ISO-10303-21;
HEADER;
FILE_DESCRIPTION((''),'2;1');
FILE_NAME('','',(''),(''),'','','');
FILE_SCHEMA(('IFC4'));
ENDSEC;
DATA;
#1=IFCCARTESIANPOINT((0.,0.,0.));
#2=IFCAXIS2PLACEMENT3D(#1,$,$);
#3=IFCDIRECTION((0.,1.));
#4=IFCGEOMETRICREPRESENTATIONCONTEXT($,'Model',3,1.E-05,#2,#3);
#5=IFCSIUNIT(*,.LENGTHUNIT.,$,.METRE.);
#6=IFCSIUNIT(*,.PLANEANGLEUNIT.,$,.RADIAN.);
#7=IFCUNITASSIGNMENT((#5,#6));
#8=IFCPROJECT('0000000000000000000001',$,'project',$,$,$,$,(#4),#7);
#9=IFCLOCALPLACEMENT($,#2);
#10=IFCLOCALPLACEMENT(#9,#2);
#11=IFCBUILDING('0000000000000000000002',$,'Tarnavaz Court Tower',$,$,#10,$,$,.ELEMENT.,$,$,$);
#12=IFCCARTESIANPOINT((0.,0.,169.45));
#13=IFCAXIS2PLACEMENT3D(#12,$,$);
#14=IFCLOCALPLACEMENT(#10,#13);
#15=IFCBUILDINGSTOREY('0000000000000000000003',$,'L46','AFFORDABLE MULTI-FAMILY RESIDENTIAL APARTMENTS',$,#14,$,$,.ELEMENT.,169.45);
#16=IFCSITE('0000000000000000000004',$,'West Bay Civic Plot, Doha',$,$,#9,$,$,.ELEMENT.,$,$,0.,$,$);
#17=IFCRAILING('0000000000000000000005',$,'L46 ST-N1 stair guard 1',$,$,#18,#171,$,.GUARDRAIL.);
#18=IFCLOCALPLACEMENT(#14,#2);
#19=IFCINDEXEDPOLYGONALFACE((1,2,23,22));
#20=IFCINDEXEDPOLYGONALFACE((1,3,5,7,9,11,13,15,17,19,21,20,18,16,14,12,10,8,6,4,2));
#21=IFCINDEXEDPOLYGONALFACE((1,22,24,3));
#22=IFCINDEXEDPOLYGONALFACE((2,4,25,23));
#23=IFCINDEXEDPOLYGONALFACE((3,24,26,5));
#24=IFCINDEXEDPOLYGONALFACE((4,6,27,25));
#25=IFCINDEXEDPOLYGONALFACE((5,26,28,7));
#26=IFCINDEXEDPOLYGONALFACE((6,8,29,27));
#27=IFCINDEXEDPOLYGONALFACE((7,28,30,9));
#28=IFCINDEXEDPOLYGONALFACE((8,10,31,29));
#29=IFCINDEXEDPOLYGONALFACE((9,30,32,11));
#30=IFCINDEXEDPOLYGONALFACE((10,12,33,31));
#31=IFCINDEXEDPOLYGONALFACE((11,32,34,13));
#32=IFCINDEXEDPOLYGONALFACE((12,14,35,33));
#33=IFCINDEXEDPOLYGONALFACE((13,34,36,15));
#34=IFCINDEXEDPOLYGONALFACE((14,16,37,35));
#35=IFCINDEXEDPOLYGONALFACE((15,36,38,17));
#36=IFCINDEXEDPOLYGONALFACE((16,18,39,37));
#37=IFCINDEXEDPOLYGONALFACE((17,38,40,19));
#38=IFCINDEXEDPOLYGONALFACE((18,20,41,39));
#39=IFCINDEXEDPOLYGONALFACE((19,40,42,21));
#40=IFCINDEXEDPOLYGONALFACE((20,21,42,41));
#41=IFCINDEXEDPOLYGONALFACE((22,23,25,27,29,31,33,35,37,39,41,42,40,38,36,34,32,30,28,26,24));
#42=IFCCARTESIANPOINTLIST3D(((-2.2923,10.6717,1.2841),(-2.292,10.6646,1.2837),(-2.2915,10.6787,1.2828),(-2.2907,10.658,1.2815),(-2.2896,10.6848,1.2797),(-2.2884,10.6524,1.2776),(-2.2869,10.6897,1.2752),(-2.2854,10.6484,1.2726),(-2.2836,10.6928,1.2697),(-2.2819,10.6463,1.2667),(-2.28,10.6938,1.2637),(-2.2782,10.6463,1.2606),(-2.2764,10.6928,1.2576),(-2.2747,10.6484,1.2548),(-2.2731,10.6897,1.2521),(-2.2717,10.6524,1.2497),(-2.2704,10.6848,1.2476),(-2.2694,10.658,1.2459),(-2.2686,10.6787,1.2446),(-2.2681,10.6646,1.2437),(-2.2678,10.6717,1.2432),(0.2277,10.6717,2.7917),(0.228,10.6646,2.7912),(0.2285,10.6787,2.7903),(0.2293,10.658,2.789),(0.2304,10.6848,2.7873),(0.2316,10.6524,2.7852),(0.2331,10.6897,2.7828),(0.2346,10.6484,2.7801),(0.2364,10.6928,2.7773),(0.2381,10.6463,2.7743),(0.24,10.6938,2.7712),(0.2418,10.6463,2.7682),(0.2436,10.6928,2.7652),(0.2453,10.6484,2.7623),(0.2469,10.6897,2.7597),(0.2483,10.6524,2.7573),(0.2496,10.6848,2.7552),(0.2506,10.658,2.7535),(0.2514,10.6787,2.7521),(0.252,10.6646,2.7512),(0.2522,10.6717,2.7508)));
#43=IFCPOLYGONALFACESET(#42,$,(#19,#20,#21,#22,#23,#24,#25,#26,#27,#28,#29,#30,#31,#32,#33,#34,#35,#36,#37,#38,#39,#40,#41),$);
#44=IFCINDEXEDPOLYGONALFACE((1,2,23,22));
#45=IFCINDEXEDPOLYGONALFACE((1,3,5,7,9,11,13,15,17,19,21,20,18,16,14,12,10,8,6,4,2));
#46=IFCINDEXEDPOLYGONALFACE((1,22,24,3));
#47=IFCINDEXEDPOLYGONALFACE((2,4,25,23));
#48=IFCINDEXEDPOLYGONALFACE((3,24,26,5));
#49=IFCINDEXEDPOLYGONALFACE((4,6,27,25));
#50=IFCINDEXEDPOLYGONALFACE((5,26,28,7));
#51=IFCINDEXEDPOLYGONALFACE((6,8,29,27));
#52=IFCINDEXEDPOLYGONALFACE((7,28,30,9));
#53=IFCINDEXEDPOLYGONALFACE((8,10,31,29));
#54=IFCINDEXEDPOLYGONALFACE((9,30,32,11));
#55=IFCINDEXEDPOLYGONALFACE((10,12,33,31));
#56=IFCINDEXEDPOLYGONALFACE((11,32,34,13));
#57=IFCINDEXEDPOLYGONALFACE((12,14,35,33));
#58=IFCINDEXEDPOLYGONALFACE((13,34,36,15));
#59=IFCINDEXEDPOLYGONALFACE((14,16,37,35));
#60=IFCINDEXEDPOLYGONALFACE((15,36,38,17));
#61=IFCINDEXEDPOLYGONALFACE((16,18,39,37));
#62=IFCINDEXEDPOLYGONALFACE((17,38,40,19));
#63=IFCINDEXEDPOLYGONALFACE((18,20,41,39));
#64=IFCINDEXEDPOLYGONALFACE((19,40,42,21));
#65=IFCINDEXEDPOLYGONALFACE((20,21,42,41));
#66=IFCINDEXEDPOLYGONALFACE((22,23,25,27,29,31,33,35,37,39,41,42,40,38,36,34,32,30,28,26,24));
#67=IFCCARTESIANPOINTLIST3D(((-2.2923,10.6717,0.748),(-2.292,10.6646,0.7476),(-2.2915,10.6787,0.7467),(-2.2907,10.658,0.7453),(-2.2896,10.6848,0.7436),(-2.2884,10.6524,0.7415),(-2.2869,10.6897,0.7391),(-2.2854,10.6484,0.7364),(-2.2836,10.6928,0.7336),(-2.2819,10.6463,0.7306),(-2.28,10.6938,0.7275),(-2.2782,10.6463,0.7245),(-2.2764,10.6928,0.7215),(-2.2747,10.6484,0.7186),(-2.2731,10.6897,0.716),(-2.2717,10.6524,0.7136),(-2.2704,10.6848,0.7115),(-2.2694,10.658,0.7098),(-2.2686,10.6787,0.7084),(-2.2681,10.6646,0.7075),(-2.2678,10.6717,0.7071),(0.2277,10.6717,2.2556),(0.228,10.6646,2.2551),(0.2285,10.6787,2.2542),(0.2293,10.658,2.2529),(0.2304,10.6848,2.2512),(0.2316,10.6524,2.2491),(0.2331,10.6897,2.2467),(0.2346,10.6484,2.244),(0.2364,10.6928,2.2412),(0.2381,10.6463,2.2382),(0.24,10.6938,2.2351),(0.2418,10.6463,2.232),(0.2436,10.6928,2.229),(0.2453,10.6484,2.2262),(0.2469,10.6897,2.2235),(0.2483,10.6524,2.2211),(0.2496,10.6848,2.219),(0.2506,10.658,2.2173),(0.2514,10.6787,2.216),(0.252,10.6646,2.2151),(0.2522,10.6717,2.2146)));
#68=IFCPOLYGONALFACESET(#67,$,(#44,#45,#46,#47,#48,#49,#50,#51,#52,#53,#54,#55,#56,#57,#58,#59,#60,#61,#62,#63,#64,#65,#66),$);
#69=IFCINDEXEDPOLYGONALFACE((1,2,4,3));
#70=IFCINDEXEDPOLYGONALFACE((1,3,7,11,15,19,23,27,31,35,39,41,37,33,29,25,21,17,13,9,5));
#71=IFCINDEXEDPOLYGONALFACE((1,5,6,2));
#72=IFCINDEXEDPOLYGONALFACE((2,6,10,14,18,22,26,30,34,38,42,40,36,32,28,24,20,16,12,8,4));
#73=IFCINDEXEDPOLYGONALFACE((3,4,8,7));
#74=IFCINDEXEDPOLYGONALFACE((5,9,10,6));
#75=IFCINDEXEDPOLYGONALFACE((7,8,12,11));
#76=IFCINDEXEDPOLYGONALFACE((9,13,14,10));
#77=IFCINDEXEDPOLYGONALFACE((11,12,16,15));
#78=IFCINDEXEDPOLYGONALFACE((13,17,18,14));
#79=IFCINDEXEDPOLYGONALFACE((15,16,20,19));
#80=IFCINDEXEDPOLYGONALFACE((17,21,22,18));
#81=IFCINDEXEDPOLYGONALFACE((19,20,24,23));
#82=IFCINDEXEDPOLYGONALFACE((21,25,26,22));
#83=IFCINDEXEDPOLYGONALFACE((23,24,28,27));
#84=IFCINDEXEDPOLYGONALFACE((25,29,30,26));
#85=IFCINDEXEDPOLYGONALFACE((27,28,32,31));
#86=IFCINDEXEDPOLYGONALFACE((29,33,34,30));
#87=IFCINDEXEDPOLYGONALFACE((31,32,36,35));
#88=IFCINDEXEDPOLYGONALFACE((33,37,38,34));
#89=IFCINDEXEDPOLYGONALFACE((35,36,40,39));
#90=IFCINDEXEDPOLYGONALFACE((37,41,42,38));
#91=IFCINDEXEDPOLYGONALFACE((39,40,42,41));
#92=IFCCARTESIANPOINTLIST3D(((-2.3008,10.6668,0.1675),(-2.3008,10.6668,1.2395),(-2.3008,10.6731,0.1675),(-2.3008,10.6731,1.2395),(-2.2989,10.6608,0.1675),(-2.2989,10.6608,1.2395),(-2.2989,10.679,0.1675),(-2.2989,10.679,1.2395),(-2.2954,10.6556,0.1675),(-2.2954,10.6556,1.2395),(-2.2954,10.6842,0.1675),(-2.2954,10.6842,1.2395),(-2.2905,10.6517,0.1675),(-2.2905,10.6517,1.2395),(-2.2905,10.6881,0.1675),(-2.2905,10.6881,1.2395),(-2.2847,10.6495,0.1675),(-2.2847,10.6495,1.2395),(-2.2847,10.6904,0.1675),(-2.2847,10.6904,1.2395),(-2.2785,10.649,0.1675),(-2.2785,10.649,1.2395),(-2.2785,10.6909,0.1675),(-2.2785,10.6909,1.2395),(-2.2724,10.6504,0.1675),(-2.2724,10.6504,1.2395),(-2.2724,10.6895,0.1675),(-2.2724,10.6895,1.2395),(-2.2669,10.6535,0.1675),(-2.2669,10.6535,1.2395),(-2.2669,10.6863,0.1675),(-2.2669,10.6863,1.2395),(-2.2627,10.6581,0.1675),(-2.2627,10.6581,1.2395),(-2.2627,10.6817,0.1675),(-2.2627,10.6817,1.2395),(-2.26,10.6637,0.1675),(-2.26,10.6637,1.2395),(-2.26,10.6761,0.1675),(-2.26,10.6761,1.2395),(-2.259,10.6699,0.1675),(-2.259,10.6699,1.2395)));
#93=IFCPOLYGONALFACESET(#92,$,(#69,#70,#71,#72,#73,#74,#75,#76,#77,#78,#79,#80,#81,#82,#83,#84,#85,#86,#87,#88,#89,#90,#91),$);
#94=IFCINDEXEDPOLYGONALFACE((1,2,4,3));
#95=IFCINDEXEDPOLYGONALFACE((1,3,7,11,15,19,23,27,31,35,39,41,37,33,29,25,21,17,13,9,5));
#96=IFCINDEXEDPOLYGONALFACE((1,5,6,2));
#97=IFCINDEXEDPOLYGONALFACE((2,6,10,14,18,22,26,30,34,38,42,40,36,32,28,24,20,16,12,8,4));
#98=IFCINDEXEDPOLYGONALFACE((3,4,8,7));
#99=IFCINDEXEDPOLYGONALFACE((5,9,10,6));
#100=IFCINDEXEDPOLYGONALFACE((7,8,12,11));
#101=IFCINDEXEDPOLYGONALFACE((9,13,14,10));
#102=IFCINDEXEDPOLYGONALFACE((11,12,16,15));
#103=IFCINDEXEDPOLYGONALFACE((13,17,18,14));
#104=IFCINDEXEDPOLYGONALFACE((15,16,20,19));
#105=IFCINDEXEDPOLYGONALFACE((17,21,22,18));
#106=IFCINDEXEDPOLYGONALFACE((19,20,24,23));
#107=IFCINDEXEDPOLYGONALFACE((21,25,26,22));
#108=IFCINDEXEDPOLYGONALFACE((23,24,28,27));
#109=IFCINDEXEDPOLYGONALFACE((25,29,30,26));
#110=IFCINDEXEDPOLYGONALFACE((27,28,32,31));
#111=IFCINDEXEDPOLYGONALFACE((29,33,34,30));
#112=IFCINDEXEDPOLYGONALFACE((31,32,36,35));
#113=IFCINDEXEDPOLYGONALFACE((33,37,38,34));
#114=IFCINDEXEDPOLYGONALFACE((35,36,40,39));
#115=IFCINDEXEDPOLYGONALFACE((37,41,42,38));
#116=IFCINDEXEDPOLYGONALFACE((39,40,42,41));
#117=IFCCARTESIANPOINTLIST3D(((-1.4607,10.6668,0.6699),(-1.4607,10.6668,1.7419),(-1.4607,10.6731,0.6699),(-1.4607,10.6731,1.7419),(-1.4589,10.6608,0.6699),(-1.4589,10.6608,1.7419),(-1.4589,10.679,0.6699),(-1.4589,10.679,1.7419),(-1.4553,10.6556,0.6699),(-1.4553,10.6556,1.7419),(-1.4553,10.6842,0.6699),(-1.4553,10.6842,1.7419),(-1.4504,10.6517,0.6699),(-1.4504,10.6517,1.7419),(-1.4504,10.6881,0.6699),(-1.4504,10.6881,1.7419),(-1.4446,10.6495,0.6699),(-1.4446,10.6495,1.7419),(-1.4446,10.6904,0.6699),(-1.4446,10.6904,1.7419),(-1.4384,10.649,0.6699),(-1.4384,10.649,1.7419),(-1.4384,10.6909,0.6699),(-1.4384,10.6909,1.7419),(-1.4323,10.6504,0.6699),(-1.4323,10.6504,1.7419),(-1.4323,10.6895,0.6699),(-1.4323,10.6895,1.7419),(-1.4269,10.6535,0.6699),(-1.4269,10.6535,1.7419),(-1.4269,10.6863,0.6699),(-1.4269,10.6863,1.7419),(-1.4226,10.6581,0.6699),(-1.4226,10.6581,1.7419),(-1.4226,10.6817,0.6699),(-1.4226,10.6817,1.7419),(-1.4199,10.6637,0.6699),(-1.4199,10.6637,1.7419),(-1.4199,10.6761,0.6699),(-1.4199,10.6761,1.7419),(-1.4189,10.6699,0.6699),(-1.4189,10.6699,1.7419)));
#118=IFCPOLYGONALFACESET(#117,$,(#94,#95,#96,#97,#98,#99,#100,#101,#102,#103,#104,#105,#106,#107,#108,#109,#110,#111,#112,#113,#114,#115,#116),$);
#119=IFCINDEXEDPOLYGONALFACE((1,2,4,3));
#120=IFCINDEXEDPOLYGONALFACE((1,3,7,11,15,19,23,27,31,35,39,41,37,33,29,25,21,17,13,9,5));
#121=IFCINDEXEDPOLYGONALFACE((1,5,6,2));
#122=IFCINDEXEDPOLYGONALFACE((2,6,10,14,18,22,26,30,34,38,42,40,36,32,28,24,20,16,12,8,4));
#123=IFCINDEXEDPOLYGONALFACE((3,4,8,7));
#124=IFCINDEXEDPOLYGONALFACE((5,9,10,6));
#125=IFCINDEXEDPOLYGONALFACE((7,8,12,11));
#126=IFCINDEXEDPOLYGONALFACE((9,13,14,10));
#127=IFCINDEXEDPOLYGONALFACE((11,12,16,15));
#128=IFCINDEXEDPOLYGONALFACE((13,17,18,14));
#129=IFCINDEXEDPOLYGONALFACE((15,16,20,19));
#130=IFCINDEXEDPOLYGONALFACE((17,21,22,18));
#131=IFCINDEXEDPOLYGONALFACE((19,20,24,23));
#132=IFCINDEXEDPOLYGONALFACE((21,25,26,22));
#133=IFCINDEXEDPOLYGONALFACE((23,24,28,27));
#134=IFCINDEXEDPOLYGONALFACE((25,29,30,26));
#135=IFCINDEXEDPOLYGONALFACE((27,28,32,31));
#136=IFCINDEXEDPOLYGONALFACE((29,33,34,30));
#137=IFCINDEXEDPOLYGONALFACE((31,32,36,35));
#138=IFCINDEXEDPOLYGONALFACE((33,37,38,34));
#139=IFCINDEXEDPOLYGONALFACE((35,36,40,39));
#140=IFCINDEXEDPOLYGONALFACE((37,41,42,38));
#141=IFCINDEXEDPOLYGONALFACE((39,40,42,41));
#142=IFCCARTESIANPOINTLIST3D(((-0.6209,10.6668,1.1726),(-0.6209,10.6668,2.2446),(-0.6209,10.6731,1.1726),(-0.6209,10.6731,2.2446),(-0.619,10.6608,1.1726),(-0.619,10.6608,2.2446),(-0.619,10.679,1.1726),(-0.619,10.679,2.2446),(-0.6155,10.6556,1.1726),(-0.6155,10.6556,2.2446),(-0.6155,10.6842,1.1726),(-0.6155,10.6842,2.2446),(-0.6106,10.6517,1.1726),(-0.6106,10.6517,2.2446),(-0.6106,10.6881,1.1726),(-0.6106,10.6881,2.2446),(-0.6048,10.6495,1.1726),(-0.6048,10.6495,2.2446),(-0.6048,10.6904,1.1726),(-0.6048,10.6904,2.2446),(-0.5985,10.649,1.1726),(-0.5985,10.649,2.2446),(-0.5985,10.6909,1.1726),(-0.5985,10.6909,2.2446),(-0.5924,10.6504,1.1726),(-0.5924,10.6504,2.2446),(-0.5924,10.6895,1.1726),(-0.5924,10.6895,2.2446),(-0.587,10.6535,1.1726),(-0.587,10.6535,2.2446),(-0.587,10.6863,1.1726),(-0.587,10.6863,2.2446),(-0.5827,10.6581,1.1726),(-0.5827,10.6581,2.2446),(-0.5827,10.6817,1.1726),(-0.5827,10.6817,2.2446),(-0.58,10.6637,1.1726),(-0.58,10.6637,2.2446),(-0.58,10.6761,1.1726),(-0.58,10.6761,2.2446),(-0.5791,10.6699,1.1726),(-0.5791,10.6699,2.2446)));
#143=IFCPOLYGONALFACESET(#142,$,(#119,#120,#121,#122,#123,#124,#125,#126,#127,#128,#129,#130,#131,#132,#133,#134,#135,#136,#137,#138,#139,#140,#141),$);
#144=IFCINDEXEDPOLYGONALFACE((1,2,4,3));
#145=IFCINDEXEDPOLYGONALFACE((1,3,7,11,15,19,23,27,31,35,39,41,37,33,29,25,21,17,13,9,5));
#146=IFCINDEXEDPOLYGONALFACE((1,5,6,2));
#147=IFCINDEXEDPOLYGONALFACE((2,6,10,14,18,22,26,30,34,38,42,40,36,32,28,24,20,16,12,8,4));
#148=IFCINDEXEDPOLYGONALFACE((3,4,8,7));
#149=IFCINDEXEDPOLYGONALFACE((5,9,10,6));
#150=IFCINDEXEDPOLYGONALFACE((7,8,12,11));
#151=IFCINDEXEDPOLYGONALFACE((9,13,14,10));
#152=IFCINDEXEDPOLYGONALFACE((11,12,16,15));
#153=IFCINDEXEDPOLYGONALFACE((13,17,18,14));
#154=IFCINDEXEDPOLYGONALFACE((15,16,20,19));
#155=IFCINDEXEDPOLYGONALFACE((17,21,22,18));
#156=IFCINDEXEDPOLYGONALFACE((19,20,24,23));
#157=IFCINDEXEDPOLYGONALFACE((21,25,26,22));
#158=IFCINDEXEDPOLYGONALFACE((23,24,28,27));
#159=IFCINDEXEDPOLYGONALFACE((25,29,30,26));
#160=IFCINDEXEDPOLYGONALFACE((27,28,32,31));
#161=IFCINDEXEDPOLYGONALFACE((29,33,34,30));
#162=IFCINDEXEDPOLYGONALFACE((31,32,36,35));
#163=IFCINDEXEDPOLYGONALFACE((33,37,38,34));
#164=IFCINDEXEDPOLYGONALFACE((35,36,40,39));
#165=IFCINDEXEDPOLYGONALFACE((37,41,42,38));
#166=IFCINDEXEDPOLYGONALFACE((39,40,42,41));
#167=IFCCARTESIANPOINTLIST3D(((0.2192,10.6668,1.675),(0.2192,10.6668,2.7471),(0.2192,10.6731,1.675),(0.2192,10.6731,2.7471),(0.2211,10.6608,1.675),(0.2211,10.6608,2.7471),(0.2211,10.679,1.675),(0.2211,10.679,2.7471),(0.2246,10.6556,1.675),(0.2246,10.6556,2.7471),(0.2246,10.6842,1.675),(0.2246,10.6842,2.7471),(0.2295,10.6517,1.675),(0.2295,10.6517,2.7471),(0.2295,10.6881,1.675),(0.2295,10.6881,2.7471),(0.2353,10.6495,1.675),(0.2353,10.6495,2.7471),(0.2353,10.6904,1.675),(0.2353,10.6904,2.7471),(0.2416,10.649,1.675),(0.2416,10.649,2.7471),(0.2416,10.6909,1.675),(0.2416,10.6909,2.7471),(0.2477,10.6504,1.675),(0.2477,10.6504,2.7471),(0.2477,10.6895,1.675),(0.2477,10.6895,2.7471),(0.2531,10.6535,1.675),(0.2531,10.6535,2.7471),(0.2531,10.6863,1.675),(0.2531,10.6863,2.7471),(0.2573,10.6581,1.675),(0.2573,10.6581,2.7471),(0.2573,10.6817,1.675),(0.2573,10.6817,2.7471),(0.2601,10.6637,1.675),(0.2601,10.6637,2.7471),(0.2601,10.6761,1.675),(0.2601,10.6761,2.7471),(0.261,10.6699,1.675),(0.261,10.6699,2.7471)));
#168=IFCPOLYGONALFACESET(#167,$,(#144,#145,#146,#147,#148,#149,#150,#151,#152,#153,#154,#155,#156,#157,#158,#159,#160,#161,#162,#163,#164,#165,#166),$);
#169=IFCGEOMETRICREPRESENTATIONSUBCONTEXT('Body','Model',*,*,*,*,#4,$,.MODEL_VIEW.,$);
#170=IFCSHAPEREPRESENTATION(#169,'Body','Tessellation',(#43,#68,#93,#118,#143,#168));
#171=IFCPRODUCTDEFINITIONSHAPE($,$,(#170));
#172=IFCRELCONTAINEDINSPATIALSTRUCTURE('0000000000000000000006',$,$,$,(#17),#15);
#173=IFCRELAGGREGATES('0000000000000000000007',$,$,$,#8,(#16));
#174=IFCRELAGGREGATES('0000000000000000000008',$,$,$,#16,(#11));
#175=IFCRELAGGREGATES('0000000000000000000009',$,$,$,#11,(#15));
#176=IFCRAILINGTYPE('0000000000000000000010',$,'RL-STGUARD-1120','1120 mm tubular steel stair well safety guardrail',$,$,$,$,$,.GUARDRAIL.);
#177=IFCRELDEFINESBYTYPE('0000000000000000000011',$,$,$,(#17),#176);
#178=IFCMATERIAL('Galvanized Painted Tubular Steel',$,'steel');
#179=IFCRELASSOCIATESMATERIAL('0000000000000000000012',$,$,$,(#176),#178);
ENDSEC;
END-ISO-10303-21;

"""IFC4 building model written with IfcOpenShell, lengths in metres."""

from ifc_helpers import new_model, si_unit, direction, frame, origin, origin_2d, place, context, subcontext, project, spatial, circle, extrude, material, type_object, element, save


model = new_model("IFC4")

# Units and contexts
model_context = context("Model", 3, precision=1e-05, world=origin(), true_north=direction((0.0, 1.0)))
body_context = subcontext(model_context, "Body", "Model", "MODEL_VIEW")
ifc_project = project(units=[si_unit("LENGTHUNIT", "METRE"), si_unit("PLANEANGLEUNIT", "RADIAN")], contexts=[model_context])

# Site, building, storey
site_placement = place(None, origin())
site = spatial("IfcSite", under=ifc_project, at=site_placement, Name="West Bay Civic Plot, Doha", CompositionType="ELEMENT", RefElevation=0.0)
building_placement = place(site_placement, origin())
building = spatial("IfcBuilding", under=site, at=building_placement, Name="Tarnavaz Court Tower", CompositionType="ELEMENT")
storey_placement = place(building_placement, frame((0.0, 0.0, 169.45)))
storey = spatial("IfcBuildingStorey", under=building, at=storey_placement, Name="L46", Description="AFFORDABLE MULTI-FAMILY RESIDENTIAL APARTMENTS", CompositionType="ELEMENT", Elevation=169.45)

# Railing
ifc_material_1 = material(Name="Galvanized Painted Tubular Steel", Category="steel")
railing_type_1 = type_object("IfcRailingType", Name="RL-STGUARD-1120", Description="1120 mm tubular steel stair well safety guardrail", PredefinedType="GUARDRAIL", material=ifc_material_1)
railing_1_placement = place(storey_placement, frame((-2.28, 10.6699, 0.1675)))
element("IfcRailing", 1, at=railing_1_placement, inside=storey, type_object=railing_type_1, Name="L46 ST-N1 stair guard 1", PredefinedType="GUARDRAIL", context=body_context, shape_type="SweptSolid", body=[
    extrude(circle(Radius=0.0239, at=origin_2d()), frame((0.0, 0.0, 1.0962), z_axis=(0.85816, 0.0, 0.513383), x_axis=(0.0, 1.0, 0.0)), (0.0, 0.0, 1.0), 2.9365),
    extrude(circle(Radius=0.0239, at=origin_2d()), frame((0.0, 0.0, 0.5601), z_axis=(0.85816, 0.0, 0.513383), x_axis=(0.0, 1.0, 0.0)), (0.0, 0.0, 1.0), 2.9365),
    extrude(circle(Radius=0.021, at=origin_2d()), origin(), (0.0, 0.0, 1.0), 1.072),
    extrude(circle(Radius=0.021, at=origin_2d()), frame((0.8401, 0.0, 0.5024)), (0.0, 0.0, 1.0), 1.072),
    extrude(circle(Radius=0.021, at=origin_2d()), frame((1.6799, 0.0, 1.0051)), (0.0, 0.0, 1.0), 1.072),
    extrude(circle(Radius=0.021, at=origin_2d()), frame((2.52, 0.0, 1.5076)), (0.0, 0.0, 1.0), 1.072),
])

save(model, "model.ifc")
